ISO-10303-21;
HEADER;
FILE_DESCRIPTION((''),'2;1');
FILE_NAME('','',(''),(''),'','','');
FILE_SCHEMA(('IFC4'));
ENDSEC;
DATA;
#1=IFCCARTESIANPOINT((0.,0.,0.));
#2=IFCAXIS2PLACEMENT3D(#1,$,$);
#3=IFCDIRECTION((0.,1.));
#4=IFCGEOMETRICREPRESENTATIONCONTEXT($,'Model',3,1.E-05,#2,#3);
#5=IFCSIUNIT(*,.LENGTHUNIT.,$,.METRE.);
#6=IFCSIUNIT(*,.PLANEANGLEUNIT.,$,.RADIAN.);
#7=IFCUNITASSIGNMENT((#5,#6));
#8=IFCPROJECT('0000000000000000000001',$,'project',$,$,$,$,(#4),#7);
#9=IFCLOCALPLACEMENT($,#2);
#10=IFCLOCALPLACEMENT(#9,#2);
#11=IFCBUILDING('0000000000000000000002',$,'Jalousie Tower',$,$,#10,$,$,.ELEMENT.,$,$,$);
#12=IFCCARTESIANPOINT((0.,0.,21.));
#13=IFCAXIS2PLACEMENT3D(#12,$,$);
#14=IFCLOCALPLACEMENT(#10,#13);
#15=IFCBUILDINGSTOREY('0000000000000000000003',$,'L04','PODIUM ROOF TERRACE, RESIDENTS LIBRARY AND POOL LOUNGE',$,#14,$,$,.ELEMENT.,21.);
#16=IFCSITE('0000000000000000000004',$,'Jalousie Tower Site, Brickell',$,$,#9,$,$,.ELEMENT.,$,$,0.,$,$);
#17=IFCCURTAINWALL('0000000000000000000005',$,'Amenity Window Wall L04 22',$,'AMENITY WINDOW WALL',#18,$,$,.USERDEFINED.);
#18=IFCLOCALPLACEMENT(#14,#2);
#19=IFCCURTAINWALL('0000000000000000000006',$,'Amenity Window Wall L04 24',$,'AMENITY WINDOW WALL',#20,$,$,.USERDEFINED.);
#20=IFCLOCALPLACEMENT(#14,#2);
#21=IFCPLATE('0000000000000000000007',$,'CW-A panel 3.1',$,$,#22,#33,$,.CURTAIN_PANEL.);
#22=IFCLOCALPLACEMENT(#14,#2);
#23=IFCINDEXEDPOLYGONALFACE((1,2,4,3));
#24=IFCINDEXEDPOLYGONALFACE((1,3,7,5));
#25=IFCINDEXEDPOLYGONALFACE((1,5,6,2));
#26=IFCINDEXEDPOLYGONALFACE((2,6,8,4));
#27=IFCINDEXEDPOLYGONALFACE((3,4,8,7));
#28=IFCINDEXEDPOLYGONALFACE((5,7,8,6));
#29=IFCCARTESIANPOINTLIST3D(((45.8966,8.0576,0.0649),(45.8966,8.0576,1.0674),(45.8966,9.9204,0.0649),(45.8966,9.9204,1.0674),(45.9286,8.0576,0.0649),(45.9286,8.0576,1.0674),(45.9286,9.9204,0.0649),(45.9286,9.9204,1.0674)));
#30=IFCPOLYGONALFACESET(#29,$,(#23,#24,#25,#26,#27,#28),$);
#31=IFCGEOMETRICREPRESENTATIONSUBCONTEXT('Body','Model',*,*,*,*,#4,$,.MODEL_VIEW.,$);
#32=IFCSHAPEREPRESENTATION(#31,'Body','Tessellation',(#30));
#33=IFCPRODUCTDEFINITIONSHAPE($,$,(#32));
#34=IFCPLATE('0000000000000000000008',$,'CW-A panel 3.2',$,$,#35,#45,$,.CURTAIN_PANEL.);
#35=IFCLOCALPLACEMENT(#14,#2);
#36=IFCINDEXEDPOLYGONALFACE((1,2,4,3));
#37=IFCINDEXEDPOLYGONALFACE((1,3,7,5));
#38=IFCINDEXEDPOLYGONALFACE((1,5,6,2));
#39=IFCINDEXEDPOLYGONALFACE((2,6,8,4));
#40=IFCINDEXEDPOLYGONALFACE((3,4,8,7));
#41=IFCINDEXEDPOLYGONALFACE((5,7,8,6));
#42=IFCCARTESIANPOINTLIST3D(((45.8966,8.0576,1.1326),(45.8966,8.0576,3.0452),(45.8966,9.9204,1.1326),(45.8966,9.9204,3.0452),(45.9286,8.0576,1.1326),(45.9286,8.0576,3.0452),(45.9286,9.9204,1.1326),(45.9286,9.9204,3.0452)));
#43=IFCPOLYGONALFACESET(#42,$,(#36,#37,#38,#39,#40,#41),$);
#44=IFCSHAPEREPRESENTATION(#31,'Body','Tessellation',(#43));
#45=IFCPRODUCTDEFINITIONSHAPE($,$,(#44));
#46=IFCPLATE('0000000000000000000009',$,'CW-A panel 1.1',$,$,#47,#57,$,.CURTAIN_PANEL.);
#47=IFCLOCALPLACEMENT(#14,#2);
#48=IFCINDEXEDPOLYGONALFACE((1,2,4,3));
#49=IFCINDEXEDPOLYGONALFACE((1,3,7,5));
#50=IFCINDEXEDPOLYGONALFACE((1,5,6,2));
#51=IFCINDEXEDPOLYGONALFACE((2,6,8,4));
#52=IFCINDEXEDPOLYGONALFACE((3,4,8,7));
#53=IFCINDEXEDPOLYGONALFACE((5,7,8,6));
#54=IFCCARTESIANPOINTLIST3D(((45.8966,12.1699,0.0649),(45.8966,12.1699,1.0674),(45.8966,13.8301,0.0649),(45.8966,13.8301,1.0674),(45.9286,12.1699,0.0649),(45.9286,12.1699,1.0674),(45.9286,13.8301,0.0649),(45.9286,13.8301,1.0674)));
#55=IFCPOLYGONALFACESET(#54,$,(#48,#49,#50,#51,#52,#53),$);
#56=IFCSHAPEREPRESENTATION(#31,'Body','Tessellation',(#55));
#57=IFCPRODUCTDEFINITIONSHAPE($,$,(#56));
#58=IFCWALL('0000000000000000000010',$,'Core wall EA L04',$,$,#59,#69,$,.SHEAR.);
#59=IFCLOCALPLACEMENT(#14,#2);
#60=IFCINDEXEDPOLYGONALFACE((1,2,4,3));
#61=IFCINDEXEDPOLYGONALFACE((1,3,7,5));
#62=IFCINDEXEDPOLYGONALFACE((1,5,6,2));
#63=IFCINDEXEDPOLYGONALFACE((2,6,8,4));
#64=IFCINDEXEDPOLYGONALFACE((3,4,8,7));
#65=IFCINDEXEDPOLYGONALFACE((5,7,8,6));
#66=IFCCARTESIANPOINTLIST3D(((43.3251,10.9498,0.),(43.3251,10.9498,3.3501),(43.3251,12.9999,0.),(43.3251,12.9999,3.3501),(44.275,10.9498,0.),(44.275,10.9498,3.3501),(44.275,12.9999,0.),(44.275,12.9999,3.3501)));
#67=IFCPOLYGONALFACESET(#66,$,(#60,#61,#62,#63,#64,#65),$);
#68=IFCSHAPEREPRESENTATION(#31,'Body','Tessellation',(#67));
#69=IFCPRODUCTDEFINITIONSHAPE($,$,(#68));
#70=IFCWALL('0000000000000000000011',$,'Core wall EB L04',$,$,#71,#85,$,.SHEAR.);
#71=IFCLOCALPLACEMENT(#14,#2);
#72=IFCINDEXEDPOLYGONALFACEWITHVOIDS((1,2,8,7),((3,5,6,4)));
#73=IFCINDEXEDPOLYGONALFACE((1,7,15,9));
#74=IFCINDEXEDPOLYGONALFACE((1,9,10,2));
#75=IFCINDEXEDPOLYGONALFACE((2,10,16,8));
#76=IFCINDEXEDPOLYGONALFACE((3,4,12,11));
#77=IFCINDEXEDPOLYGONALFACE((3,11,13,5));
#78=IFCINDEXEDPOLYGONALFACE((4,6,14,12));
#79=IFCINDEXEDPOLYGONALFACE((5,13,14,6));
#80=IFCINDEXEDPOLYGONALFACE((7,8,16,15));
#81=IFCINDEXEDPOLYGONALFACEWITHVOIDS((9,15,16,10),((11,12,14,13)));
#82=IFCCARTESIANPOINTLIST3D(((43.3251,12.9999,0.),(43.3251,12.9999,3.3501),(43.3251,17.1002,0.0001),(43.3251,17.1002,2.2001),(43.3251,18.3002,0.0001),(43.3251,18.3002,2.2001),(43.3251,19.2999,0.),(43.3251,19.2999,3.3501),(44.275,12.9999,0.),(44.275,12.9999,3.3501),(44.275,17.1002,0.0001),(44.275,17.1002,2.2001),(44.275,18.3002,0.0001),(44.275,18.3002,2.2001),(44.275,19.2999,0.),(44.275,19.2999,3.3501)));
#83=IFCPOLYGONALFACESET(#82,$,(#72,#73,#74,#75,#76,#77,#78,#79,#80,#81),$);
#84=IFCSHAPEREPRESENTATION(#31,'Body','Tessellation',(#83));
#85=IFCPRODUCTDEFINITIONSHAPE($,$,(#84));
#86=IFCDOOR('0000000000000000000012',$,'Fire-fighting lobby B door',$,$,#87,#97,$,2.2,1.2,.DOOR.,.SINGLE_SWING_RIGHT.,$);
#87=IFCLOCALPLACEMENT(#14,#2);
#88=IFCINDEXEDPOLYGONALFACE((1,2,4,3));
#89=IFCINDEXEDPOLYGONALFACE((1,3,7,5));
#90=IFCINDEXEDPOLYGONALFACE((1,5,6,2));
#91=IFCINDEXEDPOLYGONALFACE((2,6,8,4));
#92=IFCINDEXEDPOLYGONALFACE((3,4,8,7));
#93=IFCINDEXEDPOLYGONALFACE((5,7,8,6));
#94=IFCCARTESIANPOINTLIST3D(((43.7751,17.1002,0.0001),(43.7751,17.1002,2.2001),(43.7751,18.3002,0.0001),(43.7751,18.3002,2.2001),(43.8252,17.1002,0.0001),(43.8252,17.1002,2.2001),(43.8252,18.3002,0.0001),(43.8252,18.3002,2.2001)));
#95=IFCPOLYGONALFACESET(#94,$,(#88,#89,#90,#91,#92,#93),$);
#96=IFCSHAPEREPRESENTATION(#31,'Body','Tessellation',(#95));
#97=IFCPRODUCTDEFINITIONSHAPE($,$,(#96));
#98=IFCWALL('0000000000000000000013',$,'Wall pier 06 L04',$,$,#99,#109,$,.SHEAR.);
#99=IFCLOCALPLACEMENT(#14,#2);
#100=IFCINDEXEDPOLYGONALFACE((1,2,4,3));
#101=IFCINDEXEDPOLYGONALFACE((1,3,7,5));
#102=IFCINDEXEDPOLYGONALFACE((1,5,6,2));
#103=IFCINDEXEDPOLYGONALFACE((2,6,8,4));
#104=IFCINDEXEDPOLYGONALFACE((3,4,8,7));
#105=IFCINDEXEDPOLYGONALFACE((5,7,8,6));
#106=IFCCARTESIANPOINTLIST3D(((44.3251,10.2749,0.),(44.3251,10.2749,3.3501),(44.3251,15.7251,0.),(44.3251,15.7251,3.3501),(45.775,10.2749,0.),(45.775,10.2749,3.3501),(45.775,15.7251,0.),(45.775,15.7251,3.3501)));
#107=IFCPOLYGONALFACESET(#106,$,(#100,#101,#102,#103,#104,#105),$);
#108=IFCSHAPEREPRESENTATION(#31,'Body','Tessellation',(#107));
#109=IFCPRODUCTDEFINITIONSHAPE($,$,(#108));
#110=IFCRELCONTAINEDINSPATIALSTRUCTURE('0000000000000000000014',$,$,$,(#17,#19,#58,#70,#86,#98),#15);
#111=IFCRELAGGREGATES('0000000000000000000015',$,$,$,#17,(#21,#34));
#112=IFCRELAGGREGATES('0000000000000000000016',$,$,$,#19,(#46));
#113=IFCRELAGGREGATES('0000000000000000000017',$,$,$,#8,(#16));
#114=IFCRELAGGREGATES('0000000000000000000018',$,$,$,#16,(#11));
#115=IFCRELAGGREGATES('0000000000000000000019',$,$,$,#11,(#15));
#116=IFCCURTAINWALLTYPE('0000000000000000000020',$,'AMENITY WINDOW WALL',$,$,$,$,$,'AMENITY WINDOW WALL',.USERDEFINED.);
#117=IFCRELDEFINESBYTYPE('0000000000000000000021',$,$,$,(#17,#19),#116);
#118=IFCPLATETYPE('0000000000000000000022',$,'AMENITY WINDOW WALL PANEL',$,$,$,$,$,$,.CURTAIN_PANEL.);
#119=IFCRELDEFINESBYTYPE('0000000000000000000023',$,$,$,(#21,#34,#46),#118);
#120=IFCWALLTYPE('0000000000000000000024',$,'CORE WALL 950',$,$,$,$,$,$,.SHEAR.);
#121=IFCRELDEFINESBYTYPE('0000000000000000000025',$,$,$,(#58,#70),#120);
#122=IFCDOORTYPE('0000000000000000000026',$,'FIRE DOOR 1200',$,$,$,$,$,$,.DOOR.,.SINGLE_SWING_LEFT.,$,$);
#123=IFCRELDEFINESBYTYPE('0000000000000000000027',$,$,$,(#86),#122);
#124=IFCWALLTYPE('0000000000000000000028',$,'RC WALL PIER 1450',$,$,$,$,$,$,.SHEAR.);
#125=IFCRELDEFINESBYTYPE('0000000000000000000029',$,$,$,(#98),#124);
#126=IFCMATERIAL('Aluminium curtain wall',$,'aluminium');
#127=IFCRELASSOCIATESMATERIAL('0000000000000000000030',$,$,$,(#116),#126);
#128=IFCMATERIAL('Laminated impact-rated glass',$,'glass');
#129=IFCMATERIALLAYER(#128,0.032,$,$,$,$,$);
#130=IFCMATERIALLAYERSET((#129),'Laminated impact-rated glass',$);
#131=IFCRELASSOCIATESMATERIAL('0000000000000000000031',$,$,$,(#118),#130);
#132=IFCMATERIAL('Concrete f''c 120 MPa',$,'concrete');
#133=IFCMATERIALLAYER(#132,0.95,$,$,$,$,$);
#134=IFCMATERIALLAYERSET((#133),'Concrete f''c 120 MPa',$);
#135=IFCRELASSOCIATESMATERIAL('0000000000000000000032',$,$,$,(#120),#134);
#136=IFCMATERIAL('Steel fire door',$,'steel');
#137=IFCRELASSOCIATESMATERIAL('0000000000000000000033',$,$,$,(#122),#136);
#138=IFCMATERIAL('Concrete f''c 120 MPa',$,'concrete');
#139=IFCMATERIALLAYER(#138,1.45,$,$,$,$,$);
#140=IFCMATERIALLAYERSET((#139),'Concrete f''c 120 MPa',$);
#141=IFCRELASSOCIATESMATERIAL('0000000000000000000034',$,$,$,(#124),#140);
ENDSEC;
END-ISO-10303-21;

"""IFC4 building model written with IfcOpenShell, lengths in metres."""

from ifc_helpers import new_model, si_unit, direction, frame, frame_2d, origin, origin_2d, place, context, subcontext, project, spatial, rectangle, extrude, material, layer, layer_set, type_object, element, fill, aggregate, save


model = new_model("IFC4")

# Units and contexts
model_context = context("Model", 3, precision=1e-05, world=origin(), true_north=direction((0.0, 1.0)))
body_context = subcontext(model_context, "Body", "Model", "MODEL_VIEW")
ifc_project = project(units=[si_unit("LENGTHUNIT", "METRE"), si_unit("PLANEANGLEUNIT", "RADIAN")], contexts=[model_context])

# Site, building, storey
site_placement = place(None, origin())
site = spatial("IfcSite", under=ifc_project, at=site_placement, Name="Jalousie Tower Site, Brickell", CompositionType="ELEMENT", RefElevation=0.0)
building_placement = place(site_placement, origin())
building = spatial("IfcBuilding", under=site, at=building_placement, Name="Jalousie Tower", CompositionType="ELEMENT")
storey_placement = place(building_placement, frame((0.0, 0.0, 21.0)))
storey = spatial("IfcBuildingStorey", under=building, at=storey_placement, Name="L04", Description="PODIUM ROOF TERRACE, RESIDENTS LIBRARY AND POOL LOUNGE", CompositionType="ELEMENT", Elevation=21.0)

# Curtain wall
ifc_material_1 = material(Name="Aluminium curtain wall", Category="aluminium")
curtain_wall_type_1 = type_object("IfcCurtainWallType", Name="AMENITY WINDOW WALL", ElementType="AMENITY WINDOW WALL", PredefinedType="USERDEFINED", material=ifc_material_1)
curtain_wall_1_placement = place(storey_placement, origin())
curtain_wall_1 = element("IfcCurtainWall", 1, at=curtain_wall_1_placement, inside=storey, type_object=curtain_wall_type_1, Name="Amenity Window Wall L04 22", ObjectType="AMENITY WINDOW WALL", PredefinedType="USERDEFINED")

# Curtain wall
curtain_wall_2_placement = place(storey_placement, origin())
curtain_wall_2 = element("IfcCurtainWall", 2, at=curtain_wall_2_placement, inside=storey, type_object=curtain_wall_type_1, Name="Amenity Window Wall L04 24", ObjectType="AMENITY WINDOW WALL", PredefinedType="USERDEFINED")

# Plates
ifc_material_2 = material(Name="Laminated impact-rated glass", Category="glass")
ifc_layer_1 = layer(ifc_material_2, 0.032)
ifc_layer_set_1 = layer_set([ifc_layer_1], Name="Laminated impact-rated glass")
plate_type_1 = type_object("IfcPlateType", Name="AMENITY WINDOW WALL PANEL", PredefinedType="CURTAIN_PANEL", material=ifc_layer_set_1)
plate_1_placement = place(storey_placement, frame((45.9126, 8.989, 0.0649), z_axis=(0.0, 0.0, 1.0), x_axis=(0.0, 1.0, 0.0)))
plate_1 = element("IfcPlate", 3, at=plate_1_placement, type_object=plate_type_1, Name="CW-A panel 3.1", PredefinedType="CURTAIN_PANEL", context=body_context, shape_type="SweptSolid", body=[
    extrude(rectangle(XDim=1.8628, YDim=0.032, at=origin_2d()), origin(), (0.0, 0.0, 1.0), 1.0024),
])
plate_2_placement = place(storey_placement, frame((45.9126, 8.989, 1.1326), z_axis=(0.0, 0.0, 1.0), x_axis=(0.0, 1.0, 0.0)))
plate_2 = element("IfcPlate", 4, at=plate_2_placement, type_object=plate_type_1, Name="CW-A panel 3.2", PredefinedType="CURTAIN_PANEL", context=body_context, shape_type="SweptSolid", body=[
    extrude(rectangle(XDim=1.8628, YDim=0.032, at=origin_2d()), origin(), (0.0, 0.0, 1.0), 1.9126),
])
aggregate(curtain_wall_1, [plate_1, plate_2])
plate_3_placement = place(storey_placement, frame((45.9126, 13.0, 0.0649), z_axis=(0.0, 0.0, 1.0), x_axis=(0.0, 1.0, 0.0)))
plate_3 = element("IfcPlate", 5, at=plate_3_placement, type_object=plate_type_1, Name="CW-A panel 1.1", PredefinedType="CURTAIN_PANEL", context=body_context, shape_type="SweptSolid", body=[
    extrude(rectangle(XDim=1.6602, YDim=0.032, at=origin_2d()), origin(), (0.0, 0.0, 1.0), 1.0024),
])
aggregate(curtain_wall_2, [plate_3])

# Wall
ifc_material_3 = material(Name="Concrete f'c 120 MPa", Category="concrete")
ifc_layer_2 = layer(ifc_material_3, 0.95)
ifc_layer_set_2 = layer_set([ifc_layer_2], Name="Concrete f'c 120 MPa")
wall_type_1 = type_object("IfcWallType", Name="CORE WALL 950", PredefinedType="SHEAR", material=ifc_layer_set_2)
wall_1_placement = place(storey_placement, frame((43.8, 10.95, 0.0), z_axis=(0.0, 0.0, 1.0), x_axis=(0.0, 1.0, 0.0)))
element("IfcWall", 6, at=wall_1_placement, inside=storey, type_object=wall_type_1, Name="Core wall EA L04", PredefinedType="SHEAR", context=body_context, shape_type="SweptSolid", body=[
    extrude(rectangle(XDim=2.05, YDim=0.95, at=frame_2d((1.0249, 0.0))), origin(), (0.0, 0.0, 1.0), 3.3501),
])

# Wall, opening, door
wall_2_placement = place(storey_placement, frame((43.8, 13.0, 0.0), z_axis=(0.0, 0.0, 1.0), x_axis=(0.0, 1.0, 0.0)))
wall_2 = element("IfcWall", 7, at=wall_2_placement, inside=storey, type_object=wall_type_1, Name="Core wall EB L04", PredefinedType="SHEAR", context=body_context, shape_type="SweptSolid", body=[
    extrude(rectangle(XDim=6.3, YDim=0.95, at=frame_2d((3.1499, 0.0))), origin(), (0.0, 0.0, 1.0), 3.3501),
])
opening_placement = place(wall_2_placement, frame((4.1001, 0.0, 0.0)))
opening = element("IfcOpeningElement", 8, at=opening_placement, cuts=wall_2, PredefinedType="OPENING", context=body_context, shape_type="SweptSolid", body=[
    extrude(rectangle(XDim=1.2, YDim=2.2, at=frame_2d((0.6001, 1.1001))), frame((0.0, 0.4849, 0.0), z_axis=(0.0, -1.0, 0.0), x_axis=(1.0, 0.0, 0.0)), (0.0, 0.0, 1.0), 0.97),
])
ifc_material_4 = material(Name="Steel fire door", Category="steel")
door_type = type_object("IfcDoorType", Name="FIRE DOOR 1200", OperationType="SINGLE_SWING_LEFT", PredefinedType="DOOR", material=ifc_material_4)
door_placement = place(opening_placement, origin())
door = element("IfcDoor", 9, at=door_placement, inside=storey, type_object=door_type, Name="Fire-fighting lobby B door", OperationType="SINGLE_SWING_RIGHT", OverallHeight=2.2, OverallWidth=1.2, PredefinedType="DOOR", context=body_context, shape_type="SweptSolid", body=[
    extrude(rectangle(XDim=1.2, YDim=2.2, at=frame_2d((0.6001, 1.1001))), frame((0.0, 0.0249, 0.0), z_axis=(0.0, -1.0, 0.0), x_axis=(1.0, 0.0, 0.0)), (0.0, 0.0, 1.0), 0.05),
])
fill(opening, door)

# Wall
ifc_material_5 = material(Name="Concrete f'c 120 MPa", Category="concrete")
ifc_layer_3 = layer(ifc_material_5, 1.45)
ifc_layer_set_3 = layer_set([ifc_layer_3], Name="Concrete f'c 120 MPa")
wall_type_2 = type_object("IfcWallType", Name="RC WALL PIER 1450", PredefinedType="SHEAR", material=ifc_layer_set_3)
wall_3_placement = place(storey_placement, frame((45.05, 10.2749, 0.0), z_axis=(0.0, 0.0, 1.0), x_axis=(0.0, 1.0, 0.0)))
element("IfcWall", 10, at=wall_3_placement, inside=storey, type_object=wall_type_2, Name="Wall pier 06 L04", PredefinedType="SHEAR", context=body_context, shape_type="SweptSolid", body=[
    extrude(rectangle(XDim=5.4502, YDim=1.45, at=frame_2d((2.7251, 0.0))), origin(), (0.0, 0.0, 1.0), 3.3501),
])

save(model, "model.ifc")
